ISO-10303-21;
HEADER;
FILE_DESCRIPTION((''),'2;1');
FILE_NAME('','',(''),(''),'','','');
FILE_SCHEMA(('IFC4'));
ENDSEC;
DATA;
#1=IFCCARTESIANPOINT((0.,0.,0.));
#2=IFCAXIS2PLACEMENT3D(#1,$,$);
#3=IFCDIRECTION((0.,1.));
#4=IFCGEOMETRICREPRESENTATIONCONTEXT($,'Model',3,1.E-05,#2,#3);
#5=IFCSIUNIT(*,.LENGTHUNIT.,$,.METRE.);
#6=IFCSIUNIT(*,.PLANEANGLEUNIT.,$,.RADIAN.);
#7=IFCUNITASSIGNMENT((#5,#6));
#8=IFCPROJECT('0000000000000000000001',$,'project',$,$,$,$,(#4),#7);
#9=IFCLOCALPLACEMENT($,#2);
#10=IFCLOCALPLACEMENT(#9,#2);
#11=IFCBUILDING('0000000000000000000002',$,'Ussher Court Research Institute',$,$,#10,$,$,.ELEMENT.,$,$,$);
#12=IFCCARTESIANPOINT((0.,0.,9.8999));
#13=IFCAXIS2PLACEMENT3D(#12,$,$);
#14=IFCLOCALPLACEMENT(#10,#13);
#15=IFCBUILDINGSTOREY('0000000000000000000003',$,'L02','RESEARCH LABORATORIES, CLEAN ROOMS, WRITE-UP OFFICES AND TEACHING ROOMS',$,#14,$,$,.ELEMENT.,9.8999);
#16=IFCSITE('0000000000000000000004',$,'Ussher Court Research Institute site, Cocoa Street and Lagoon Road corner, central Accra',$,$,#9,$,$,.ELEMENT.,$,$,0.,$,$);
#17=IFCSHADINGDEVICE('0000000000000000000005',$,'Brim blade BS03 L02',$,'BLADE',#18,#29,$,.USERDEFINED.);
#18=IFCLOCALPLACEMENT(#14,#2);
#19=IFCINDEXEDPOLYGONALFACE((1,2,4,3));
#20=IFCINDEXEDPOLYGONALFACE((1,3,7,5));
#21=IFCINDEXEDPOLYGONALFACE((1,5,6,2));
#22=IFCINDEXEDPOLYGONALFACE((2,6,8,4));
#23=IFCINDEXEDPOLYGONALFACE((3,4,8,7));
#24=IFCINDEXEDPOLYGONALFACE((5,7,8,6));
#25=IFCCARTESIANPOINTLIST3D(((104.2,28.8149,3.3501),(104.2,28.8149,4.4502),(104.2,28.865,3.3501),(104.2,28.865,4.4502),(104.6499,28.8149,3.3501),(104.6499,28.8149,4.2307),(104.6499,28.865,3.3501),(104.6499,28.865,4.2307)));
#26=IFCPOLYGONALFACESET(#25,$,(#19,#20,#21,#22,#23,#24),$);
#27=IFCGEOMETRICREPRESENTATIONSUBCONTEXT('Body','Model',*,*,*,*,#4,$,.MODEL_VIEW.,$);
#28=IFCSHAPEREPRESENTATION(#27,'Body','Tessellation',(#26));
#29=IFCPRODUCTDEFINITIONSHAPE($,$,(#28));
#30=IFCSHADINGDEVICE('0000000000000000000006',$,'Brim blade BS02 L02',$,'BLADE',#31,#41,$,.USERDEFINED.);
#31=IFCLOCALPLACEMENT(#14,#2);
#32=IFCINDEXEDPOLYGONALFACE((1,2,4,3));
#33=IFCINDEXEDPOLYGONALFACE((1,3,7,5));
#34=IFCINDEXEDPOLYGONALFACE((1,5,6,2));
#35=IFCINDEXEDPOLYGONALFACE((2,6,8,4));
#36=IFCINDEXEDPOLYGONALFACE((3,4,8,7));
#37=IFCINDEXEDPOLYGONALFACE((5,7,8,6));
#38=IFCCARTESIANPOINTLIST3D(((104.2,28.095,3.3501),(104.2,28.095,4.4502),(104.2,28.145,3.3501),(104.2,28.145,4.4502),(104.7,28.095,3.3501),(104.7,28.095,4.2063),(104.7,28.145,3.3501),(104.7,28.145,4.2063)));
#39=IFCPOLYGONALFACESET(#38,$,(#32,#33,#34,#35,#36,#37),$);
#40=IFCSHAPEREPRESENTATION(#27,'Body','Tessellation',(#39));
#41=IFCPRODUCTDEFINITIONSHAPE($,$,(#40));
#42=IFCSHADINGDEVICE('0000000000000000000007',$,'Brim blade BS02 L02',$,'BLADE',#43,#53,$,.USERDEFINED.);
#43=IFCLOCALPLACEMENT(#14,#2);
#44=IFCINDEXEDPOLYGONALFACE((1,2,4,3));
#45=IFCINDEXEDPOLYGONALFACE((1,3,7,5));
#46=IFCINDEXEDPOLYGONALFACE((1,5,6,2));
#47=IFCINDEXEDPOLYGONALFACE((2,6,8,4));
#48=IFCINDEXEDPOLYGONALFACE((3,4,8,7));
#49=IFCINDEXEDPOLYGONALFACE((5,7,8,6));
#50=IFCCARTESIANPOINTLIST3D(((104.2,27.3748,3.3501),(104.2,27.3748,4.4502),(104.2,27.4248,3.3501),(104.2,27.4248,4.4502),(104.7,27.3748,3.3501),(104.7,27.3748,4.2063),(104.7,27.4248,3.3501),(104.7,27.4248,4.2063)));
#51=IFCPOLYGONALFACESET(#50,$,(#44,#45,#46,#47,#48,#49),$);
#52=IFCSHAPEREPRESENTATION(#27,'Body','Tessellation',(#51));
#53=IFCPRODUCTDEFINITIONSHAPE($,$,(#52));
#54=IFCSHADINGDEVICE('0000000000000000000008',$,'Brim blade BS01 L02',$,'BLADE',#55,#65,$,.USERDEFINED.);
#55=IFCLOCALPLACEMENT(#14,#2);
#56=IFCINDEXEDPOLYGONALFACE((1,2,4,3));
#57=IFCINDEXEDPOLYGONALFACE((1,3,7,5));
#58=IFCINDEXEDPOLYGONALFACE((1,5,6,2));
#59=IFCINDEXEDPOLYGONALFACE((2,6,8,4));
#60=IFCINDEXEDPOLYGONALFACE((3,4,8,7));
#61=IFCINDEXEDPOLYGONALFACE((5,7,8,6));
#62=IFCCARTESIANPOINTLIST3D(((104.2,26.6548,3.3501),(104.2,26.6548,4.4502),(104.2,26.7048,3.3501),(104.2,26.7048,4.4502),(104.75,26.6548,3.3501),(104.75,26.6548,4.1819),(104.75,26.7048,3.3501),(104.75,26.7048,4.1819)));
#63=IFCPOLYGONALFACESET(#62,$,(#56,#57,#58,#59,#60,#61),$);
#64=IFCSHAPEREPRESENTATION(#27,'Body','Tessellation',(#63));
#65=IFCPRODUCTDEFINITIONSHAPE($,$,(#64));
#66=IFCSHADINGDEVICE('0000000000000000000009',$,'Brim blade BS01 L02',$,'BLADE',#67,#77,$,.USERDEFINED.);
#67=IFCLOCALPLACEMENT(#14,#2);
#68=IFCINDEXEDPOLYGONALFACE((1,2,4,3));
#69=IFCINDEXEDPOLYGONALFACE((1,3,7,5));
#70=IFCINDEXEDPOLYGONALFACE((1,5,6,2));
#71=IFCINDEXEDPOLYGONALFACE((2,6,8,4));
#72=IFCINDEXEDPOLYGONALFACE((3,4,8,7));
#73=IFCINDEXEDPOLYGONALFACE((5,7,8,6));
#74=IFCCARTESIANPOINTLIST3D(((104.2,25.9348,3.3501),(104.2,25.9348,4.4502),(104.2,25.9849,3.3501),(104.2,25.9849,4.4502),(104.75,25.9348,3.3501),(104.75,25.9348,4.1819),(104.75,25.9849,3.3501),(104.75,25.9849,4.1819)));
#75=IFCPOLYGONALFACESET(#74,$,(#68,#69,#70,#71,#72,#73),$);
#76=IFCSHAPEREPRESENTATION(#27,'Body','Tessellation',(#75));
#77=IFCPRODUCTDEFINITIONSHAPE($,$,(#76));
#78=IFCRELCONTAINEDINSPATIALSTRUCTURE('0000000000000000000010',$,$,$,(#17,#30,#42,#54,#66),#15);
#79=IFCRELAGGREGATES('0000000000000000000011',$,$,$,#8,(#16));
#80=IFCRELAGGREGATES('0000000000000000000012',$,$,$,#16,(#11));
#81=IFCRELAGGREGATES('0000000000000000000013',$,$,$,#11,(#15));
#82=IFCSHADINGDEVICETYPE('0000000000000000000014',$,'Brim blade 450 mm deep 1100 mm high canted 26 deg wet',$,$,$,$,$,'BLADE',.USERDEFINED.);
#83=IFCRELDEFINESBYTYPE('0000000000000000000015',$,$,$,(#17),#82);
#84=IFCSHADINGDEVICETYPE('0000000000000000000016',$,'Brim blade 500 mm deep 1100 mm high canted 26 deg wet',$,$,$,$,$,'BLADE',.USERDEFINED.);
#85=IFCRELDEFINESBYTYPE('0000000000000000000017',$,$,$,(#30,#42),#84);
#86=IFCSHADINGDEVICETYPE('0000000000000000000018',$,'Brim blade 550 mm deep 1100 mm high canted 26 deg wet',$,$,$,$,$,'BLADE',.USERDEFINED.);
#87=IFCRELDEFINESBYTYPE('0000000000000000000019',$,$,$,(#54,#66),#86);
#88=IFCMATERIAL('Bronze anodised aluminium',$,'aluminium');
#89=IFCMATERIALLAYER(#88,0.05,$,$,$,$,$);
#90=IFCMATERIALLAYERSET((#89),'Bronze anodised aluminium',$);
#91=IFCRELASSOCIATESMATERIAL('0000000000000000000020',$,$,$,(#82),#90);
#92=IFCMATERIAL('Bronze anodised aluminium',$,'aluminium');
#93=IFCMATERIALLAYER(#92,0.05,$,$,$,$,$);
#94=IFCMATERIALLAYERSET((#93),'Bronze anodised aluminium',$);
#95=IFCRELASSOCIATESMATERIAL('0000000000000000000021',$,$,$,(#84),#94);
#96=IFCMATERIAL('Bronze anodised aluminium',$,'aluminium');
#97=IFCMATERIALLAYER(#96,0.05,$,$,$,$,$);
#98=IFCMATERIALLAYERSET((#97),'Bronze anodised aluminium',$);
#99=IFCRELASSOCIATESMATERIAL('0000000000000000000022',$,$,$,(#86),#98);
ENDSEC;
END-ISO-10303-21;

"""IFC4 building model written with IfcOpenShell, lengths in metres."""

from ifc_helpers import new_model, si_unit, direction, frame, origin, place, context, subcontext, project, spatial, polyline, outline, extrude, material, layer, layer_set, type_object, element, save


model = new_model("IFC4")

# Units and contexts
model_context = context("Model", 3, precision=1e-05, world=origin(), true_north=direction((0.0, 1.0)))
body_context = subcontext(model_context, "Body", "Model", "MODEL_VIEW")
ifc_project = project(units=[si_unit("LENGTHUNIT", "METRE"), si_unit("PLANEANGLEUNIT", "RADIAN")], contexts=[model_context])

# Site, building, storey
site_placement = place(None, origin())
site = spatial("IfcSite", under=ifc_project, at=site_placement, Name="Ussher Court Research Institute site, Cocoa Street and Lagoon Road corner, central Accra", CompositionType="ELEMENT", RefElevation=0.0)
building_placement = place(site_placement, origin())
building = spatial("IfcBuilding", under=site, at=building_placement, Name="Ussher Court Research Institute", CompositionType="ELEMENT")
storey_placement = place(building_placement, frame((0.0, 0.0, 9.8999)))
storey = spatial("IfcBuildingStorey", under=building, at=storey_placement, Name="L02", Description="RESEARCH LABORATORIES, CLEAN ROOMS, WRITE-UP OFFICES AND TEACHING ROOMS", CompositionType="ELEMENT", Elevation=9.8999)

# Shading devices
ifc_material_1 = material(Name="Bronze anodised aluminium", Category="aluminium")
ifc_layer_1 = layer(ifc_material_1, 0.05)
ifc_layer_set_1 = layer_set([ifc_layer_1], Name="Bronze anodised aluminium")
shading_device_type_1 = type_object("IfcShadingDeviceType", Name="Brim blade 450 mm deep 1100 mm high canted 26 deg wet", ElementType="BLADE", PredefinedType="USERDEFINED", material=ifc_layer_set_1)
shading_device_1_placement = place(storey_placement, frame((104.2, 28.8401, 3.3501), z_axis=(0.0, 0.0, 1.0), x_axis=(1.0, 0.0, 0.0)))
element("IfcShadingDevice", 1, at=shading_device_1_placement, inside=storey, type_object=shading_device_type_1, Name="Brim blade BS03 L02", ObjectType="BLADE", PredefinedType="USERDEFINED", context=body_context, shape_type="SweptSolid", body=[
    extrude(outline(polyline([(0.0, 0.0), (0.45, 0.0), (0.45, 0.8806), (0.0, 1.1001), (0.0, 0.0)])), frame((0.0, 0.0249, 0.0), z_axis=(0.0, -1.0, 0.0), x_axis=(1.0, 0.0, 0.0)), (0.0, 0.0, 1.0), 0.05),
])
ifc_material_2 = material(Name="Bronze anodised aluminium", Category="aluminium")
ifc_layer_2 = layer(ifc_material_2, 0.05)
ifc_layer_set_2 = layer_set([ifc_layer_2], Name="Bronze anodised aluminium")
shading_device_type_2 = type_object("IfcShadingDeviceType", Name="Brim blade 500 mm deep 1100 mm high canted 26 deg wet", ElementType="BLADE", PredefinedType="USERDEFINED", material=ifc_layer_set_2)
for number, where, z_axis, x_axis, name in (
    (2, (104.2, 28.1201, 3.3501), (0.0, 0.0, 1.0), (1.0, 0.0, 0.0), "Brim blade BS02 L02"),
    (3, (104.2, 27.3999, 3.3501), (0.0, 0.0, 1.0), (1.0, 0.0, 0.0), "Brim blade BS02 L02"),
):
    element("IfcShadingDevice", number, at=place(storey_placement, frame(where, z_axis=z_axis, x_axis=x_axis)), inside=storey, type_object=shading_device_type_2, Name=name, ObjectType="BLADE", PredefinedType="USERDEFINED", context=body_context, shape_type="SweptSolid", body=[
        extrude(outline(polyline([(0.0, 0.0), (0.5, 0.0), (0.5, 0.8562), (0.0, 1.1001), (0.0, 0.0)])), frame((0.0, 0.0249, 0.0), z_axis=(0.0, -1.0, 0.0), x_axis=(1.0, 0.0, 0.0)), (0.0, 0.0, 1.0), 0.05),
    ])
ifc_material_3 = material(Name="Bronze anodised aluminium", Category="aluminium")
ifc_layer_3 = layer(ifc_material_3, 0.05)
ifc_layer_set_3 = layer_set([ifc_layer_3], Name="Bronze anodised aluminium")
shading_device_type_3 = type_object("IfcShadingDeviceType", Name="Brim blade 550 mm deep 1100 mm high canted 26 deg wet", ElementType="BLADE", PredefinedType="USERDEFINED", material=ifc_layer_set_3)
for number, where, z_axis, x_axis, name in (
    (4, (104.2, 26.6799, 3.3501), (0.0, 0.0, 1.0), (1.0, 0.0, 0.0), "Brim blade BS01 L02"),
    (5, (104.2, 25.96, 3.3501), (0.0, 0.0, 1.0), (1.0, 0.0, 0.0), "Brim blade BS01 L02"),
):
    element("IfcShadingDevice", number, at=place(storey_placement, frame(where, z_axis=z_axis, x_axis=x_axis)), inside=storey, type_object=shading_device_type_3, Name=name, ObjectType="BLADE", PredefinedType="USERDEFINED", context=body_context, shape_type="SweptSolid", body=[
        extrude(outline(polyline([(0.0, 0.0), (0.55, 0.0), (0.55, 0.8318), (0.0, 1.1001), (0.0, 0.0)])), frame((0.0, 0.0249, 0.0), z_axis=(0.0, -1.0, 0.0), x_axis=(1.0, 0.0, 0.0)), (0.0, 0.0, 1.0), 0.05),
    ])

save(model, "model.ifc")
